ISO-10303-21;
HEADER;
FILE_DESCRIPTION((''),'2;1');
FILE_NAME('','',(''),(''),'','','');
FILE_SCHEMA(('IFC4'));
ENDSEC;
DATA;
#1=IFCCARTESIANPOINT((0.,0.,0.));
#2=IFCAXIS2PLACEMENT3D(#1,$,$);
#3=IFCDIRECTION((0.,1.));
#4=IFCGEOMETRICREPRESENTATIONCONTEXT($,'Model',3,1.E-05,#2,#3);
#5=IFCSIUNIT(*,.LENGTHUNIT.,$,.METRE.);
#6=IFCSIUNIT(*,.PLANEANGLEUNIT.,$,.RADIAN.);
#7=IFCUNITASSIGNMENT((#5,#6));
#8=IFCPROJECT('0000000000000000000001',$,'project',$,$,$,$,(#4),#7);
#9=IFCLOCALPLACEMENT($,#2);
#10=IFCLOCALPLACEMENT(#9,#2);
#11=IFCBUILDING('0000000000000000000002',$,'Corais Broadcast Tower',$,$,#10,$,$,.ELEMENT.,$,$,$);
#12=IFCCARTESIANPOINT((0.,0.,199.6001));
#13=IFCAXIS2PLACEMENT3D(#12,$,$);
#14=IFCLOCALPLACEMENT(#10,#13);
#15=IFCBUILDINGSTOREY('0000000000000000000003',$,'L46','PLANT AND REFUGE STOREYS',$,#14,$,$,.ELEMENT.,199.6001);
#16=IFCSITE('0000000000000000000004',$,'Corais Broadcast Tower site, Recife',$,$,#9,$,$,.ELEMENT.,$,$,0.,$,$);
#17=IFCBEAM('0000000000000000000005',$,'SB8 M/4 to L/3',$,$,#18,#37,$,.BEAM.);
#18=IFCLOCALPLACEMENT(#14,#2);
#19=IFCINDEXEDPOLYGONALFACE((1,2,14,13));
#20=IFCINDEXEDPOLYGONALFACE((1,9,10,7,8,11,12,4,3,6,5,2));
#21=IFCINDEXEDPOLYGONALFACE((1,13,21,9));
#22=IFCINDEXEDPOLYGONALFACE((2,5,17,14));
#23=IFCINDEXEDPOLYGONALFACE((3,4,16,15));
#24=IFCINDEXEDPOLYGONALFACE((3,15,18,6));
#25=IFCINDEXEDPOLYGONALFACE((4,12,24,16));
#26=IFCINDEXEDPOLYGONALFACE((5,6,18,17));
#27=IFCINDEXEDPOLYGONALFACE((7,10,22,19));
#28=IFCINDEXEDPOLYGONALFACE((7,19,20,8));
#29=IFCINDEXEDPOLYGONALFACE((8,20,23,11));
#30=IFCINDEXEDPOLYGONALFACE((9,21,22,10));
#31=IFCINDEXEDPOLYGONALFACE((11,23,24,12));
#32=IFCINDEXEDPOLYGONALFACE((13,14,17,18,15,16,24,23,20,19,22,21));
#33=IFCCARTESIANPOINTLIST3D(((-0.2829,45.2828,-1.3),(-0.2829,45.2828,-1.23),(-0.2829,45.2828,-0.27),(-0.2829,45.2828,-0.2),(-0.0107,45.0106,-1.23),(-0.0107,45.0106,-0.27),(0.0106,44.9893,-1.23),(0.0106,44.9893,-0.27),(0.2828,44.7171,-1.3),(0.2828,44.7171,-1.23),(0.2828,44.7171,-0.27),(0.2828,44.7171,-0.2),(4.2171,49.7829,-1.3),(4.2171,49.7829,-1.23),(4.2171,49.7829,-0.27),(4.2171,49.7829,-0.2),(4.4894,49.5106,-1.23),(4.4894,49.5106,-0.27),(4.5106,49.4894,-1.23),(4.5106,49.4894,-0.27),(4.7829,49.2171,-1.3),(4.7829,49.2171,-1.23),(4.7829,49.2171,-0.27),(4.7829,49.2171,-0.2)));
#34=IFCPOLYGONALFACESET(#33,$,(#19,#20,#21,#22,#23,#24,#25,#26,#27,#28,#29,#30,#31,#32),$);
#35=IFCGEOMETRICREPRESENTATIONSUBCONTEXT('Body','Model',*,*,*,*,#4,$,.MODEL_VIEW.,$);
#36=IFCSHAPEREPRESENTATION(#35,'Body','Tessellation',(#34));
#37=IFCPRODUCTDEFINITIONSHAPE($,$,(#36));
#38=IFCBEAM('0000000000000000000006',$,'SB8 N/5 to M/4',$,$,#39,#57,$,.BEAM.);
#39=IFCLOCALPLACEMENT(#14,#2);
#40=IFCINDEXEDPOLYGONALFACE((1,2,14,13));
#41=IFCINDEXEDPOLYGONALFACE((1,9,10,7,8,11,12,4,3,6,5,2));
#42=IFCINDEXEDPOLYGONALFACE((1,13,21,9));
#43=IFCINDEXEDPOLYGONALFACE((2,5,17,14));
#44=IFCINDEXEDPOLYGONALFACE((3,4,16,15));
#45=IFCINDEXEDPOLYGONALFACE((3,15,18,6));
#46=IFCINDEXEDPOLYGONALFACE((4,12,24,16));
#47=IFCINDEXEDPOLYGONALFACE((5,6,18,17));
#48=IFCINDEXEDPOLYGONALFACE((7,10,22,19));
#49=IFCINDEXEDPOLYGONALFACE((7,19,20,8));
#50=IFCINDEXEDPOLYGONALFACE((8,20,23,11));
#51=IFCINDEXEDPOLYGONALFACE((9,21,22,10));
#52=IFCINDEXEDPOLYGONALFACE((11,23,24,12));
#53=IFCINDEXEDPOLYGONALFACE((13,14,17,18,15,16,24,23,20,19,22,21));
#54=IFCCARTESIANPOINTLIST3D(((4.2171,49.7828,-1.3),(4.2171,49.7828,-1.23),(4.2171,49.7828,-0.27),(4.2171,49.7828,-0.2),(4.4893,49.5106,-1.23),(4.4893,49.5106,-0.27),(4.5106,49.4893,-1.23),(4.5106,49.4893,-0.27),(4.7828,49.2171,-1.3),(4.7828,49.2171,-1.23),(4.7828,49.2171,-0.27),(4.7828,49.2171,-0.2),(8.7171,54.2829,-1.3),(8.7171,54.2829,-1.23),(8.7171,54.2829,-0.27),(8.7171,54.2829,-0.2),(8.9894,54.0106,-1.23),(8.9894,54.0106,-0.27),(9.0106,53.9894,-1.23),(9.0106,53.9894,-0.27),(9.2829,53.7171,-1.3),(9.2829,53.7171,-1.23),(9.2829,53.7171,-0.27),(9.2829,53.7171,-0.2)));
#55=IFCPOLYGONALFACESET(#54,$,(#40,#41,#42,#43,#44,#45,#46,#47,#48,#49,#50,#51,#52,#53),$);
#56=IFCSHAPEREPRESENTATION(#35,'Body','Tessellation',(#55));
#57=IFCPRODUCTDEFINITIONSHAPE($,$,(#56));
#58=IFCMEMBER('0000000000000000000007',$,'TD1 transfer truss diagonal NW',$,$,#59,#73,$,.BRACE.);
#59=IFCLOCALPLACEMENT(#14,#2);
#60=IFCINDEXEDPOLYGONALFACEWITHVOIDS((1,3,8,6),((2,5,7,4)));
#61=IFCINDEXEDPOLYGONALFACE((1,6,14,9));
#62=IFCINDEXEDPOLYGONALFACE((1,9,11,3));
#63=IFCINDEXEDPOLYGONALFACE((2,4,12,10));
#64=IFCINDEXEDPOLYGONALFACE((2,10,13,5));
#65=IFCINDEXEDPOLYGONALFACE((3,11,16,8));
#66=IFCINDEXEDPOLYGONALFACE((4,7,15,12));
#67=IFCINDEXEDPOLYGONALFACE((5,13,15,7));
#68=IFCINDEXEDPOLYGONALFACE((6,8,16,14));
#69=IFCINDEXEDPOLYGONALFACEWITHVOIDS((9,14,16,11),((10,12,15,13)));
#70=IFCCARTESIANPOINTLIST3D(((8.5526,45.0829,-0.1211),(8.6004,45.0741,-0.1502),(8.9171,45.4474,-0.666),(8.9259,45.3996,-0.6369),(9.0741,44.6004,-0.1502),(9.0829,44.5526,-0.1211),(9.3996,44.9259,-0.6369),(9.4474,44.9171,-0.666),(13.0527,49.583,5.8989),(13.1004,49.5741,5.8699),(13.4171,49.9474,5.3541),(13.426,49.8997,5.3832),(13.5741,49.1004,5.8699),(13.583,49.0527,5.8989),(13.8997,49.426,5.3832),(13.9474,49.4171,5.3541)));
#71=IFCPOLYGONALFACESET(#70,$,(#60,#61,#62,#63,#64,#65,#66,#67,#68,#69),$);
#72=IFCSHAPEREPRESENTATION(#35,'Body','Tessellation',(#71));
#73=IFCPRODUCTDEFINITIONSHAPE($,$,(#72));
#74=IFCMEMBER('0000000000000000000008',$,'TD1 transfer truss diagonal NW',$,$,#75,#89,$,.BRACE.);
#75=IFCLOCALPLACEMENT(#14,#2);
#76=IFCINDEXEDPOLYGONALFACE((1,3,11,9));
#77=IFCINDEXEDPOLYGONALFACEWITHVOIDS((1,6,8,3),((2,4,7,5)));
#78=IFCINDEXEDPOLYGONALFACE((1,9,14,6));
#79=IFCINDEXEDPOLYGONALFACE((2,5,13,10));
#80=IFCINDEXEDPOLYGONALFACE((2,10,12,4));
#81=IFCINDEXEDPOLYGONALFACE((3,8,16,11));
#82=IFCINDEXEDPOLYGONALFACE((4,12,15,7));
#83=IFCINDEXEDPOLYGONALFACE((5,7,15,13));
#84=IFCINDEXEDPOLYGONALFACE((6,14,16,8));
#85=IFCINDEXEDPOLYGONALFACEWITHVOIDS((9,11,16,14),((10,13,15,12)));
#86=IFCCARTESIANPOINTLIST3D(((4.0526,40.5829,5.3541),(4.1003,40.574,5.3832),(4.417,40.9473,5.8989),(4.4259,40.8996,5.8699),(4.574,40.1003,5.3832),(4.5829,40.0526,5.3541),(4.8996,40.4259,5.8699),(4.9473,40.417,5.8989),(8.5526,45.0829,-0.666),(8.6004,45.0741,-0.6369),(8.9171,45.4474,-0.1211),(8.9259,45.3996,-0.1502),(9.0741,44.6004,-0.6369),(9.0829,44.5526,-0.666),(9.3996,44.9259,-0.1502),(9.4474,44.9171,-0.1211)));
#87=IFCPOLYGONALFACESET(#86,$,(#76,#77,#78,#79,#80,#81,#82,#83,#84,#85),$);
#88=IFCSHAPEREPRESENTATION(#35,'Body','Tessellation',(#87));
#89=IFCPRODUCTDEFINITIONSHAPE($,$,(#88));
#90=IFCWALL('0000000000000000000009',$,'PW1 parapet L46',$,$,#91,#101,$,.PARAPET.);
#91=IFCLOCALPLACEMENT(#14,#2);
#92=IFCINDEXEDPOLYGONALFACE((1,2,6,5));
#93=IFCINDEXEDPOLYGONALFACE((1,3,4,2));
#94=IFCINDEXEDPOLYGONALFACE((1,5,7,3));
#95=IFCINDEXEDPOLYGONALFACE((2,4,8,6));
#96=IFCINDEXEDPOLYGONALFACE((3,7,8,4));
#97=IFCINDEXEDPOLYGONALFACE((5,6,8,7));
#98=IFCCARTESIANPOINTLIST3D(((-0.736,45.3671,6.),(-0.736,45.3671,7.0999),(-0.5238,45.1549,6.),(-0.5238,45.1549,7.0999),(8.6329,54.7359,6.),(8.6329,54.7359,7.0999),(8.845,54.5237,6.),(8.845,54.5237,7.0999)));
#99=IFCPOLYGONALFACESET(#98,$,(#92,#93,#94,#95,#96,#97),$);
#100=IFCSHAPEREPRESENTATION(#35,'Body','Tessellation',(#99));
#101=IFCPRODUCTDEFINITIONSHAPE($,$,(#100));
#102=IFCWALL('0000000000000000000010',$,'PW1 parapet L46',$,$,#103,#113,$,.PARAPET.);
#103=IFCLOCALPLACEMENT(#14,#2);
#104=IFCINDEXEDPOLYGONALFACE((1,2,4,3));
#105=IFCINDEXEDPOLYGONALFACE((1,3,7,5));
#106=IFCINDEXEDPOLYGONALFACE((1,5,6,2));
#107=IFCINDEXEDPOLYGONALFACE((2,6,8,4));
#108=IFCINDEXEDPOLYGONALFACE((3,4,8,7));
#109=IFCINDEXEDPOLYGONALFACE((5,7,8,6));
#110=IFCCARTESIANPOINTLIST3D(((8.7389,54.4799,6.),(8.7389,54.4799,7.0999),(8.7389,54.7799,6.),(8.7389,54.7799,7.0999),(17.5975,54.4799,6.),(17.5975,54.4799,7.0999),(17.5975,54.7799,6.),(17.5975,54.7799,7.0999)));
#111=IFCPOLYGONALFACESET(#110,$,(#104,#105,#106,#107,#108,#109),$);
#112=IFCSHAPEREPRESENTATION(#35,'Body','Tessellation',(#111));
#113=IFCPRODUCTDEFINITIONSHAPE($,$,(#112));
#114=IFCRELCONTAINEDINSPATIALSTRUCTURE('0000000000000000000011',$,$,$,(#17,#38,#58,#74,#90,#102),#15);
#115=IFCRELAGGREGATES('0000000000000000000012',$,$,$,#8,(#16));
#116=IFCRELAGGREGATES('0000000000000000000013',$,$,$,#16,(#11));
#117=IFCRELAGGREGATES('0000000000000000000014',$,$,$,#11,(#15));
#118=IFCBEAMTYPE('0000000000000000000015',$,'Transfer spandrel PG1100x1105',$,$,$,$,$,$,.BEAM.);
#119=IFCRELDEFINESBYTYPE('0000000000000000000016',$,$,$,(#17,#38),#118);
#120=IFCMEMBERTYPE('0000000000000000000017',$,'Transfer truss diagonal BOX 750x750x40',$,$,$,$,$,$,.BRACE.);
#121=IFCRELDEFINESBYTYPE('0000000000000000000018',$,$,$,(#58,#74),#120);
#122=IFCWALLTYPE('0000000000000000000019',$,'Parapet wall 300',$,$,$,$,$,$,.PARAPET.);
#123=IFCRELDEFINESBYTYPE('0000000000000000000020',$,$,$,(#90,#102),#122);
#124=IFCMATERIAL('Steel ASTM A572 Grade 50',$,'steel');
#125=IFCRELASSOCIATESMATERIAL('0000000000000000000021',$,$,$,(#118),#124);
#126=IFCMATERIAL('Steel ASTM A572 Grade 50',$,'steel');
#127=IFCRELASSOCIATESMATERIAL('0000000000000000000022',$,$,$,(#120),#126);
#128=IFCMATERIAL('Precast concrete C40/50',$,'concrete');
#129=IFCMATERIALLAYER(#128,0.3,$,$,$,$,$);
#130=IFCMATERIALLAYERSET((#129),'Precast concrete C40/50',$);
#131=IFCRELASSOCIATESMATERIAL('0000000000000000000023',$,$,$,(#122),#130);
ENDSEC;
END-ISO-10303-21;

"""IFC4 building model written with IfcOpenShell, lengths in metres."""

from ifc_helpers import new_model, si_unit, direction, frame, frame_2d, origin, origin_2d, place, context, subcontext, project, spatial, rectangle, hollow_rectangle, i_section, extrude, material, layer, layer_set, material_profile, profile_set, type_object, element, save


model = new_model("IFC4")

# Units and contexts
model_context = context("Model", 3, precision=1e-05, world=origin(), true_north=direction((0.0, 1.0)))
body_context = subcontext(model_context, "Body", "Model", "MODEL_VIEW")
ifc_project = project(units=[si_unit("LENGTHUNIT", "METRE"), si_unit("PLANEANGLEUNIT", "RADIAN")], contexts=[model_context])

# Site, building, storey
site_placement = place(None, origin())
site = spatial("IfcSite", under=ifc_project, at=site_placement, Name="Corais Broadcast Tower site, Recife", CompositionType="ELEMENT", RefElevation=0.0)
building_placement = place(site_placement, origin())
building = spatial("IfcBuilding", under=site, at=building_placement, Name="Corais Broadcast Tower", CompositionType="ELEMENT")
storey_placement = place(building_placement, frame((0.0, 0.0, 199.6001)))
storey = spatial("IfcBuildingStorey", under=building, at=storey_placement, Name="L46", Description="PLANT AND REFUGE STOREYS", CompositionType="ELEMENT", Elevation=199.6001)

# Beams
ifc_material_1 = material(Name="Steel ASTM A572 Grade 50", Category="steel")
ifc_material_profile_1 = material_profile(ifc_material_1, i_section(OverallWidth=0.8, OverallDepth=1.1001, WebThickness=0.03, FlangeThickness=0.0701, at=origin_2d()), Name="PG1100x1105")
ifc_profile_set_1 = profile_set([ifc_material_profile_1], Name="Steel ASTM A572 Grade 50")
beam_type_1 = type_object("IfcBeamType", Name="Transfer spandrel PG1100x1105", PredefinedType="BEAM", material=ifc_profile_set_1)
for number, where, z_axis, x_axis, name in (
    (1, (4.5, 49.5, -0.75), (-0.707107, -0.707107, 0.0), (0.707107, -0.707107, 0.0), "SB8 M/4 to L/3"),
    (2, (9.0, 54.0, -0.75), (-0.707107, -0.707107, 0.0), (0.707107, -0.707107, 0.0), "SB8 N/5 to M/4"),
):
    element("IfcBeam", number, at=place(storey_placement, frame(where, z_axis=z_axis, x_axis=x_axis)), inside=storey, type_object=beam_type_1, Name=name, PredefinedType="BEAM", context=body_context, shape_type="SweptSolid", body=[
        extrude(i_section(OverallWidth=0.8, OverallDepth=1.1001, WebThickness=0.03, FlangeThickness=0.0701, at=origin_2d()), origin(), (0.0, 0.0, 1.0), 6.364),
    ])

# Members
ifc_material_2 = material(Name="Steel ASTM A572 Grade 50", Category="steel")
ifc_material_profile_2 = material_profile(ifc_material_2, hollow_rectangle(XDim=0.75, YDim=0.75, WallThickness=0.04, at=origin_2d()), Name="BOX 750x750x40")
ifc_profile_set_2 = profile_set([ifc_material_profile_2], Name="Steel ASTM A572 Grade 50")
member_type = type_object("IfcMemberType", Name="Transfer truss diagonal BOX 750x750x40", PredefinedType="BRACE", material=ifc_profile_set_2)
for number, where, z_axis, x_axis, name in (
    (3, (9.0, 45.0, -0.3936), (0.513688, 0.513688, 0.687203), (-0.707107, 0.707107, 0.0), "TD1 transfer truss diagonal NW"),
    (4, (9.0, 45.0, -0.3936), (-0.513688, -0.513688, 0.687203), (0.707107, -0.707107, 0.0), "TD1 transfer truss diagonal NW"),
):
    element("IfcMember", number, at=place(storey_placement, frame(where, z_axis=z_axis, x_axis=x_axis)), inside=storey, type_object=member_type, Name=name, PredefinedType="BRACE", context=body_context, shape_type="SweptSolid", body=[
        extrude(hollow_rectangle(XDim=0.75, YDim=0.75, WallThickness=0.04, at=origin_2d()), origin(), (0.0, 0.0, 1.0), 8.7603),
    ])

# Walls
ifc_material_3 = material(Name="Precast concrete C40/50", Category="concrete")
ifc_layer_1 = layer(ifc_material_3, 0.3)
ifc_layer_set_1 = layer_set([ifc_layer_1], Name="Precast concrete C40/50")
wall_type_1 = type_object("IfcWallType", Name="Parapet wall 300", PredefinedType="PARAPET", material=ifc_layer_set_1)
wall_1_placement = place(storey_placement, frame((-0.6299, 45.261, 6.0), z_axis=(0.0, 0.0, 1.0), x_axis=(0.707107, 0.707107, 0.0)))
element("IfcWall", 5, at=wall_1_placement, inside=storey, type_object=wall_type_1, Name="PW1 parapet L46", PredefinedType="PARAPET", context=body_context, shape_type="SweptSolid", body=[
    extrude(rectangle(XDim=13.2495, YDim=0.3, at=frame_2d((6.6248, 0.0))), origin(), (0.0, 0.0, 1.0), 1.0999),
])
wall_2_placement = place(storey_placement, frame((8.739, 54.6299, 6.0), z_axis=(0.0, 0.0, 1.0), x_axis=(1.0, 0.0, 0.0)))
element("IfcWall", 6, at=wall_2_placement, inside=storey, type_object=wall_type_1, Name="PW1 parapet L46", PredefinedType="PARAPET", context=body_context, shape_type="SweptSolid", body=[
    extrude(rectangle(XDim=8.8586, YDim=0.3, at=frame_2d((4.4292, 0.0))), origin(), (0.0, 0.0, 1.0), 1.0999),
])

save(model, "model.ifc")
